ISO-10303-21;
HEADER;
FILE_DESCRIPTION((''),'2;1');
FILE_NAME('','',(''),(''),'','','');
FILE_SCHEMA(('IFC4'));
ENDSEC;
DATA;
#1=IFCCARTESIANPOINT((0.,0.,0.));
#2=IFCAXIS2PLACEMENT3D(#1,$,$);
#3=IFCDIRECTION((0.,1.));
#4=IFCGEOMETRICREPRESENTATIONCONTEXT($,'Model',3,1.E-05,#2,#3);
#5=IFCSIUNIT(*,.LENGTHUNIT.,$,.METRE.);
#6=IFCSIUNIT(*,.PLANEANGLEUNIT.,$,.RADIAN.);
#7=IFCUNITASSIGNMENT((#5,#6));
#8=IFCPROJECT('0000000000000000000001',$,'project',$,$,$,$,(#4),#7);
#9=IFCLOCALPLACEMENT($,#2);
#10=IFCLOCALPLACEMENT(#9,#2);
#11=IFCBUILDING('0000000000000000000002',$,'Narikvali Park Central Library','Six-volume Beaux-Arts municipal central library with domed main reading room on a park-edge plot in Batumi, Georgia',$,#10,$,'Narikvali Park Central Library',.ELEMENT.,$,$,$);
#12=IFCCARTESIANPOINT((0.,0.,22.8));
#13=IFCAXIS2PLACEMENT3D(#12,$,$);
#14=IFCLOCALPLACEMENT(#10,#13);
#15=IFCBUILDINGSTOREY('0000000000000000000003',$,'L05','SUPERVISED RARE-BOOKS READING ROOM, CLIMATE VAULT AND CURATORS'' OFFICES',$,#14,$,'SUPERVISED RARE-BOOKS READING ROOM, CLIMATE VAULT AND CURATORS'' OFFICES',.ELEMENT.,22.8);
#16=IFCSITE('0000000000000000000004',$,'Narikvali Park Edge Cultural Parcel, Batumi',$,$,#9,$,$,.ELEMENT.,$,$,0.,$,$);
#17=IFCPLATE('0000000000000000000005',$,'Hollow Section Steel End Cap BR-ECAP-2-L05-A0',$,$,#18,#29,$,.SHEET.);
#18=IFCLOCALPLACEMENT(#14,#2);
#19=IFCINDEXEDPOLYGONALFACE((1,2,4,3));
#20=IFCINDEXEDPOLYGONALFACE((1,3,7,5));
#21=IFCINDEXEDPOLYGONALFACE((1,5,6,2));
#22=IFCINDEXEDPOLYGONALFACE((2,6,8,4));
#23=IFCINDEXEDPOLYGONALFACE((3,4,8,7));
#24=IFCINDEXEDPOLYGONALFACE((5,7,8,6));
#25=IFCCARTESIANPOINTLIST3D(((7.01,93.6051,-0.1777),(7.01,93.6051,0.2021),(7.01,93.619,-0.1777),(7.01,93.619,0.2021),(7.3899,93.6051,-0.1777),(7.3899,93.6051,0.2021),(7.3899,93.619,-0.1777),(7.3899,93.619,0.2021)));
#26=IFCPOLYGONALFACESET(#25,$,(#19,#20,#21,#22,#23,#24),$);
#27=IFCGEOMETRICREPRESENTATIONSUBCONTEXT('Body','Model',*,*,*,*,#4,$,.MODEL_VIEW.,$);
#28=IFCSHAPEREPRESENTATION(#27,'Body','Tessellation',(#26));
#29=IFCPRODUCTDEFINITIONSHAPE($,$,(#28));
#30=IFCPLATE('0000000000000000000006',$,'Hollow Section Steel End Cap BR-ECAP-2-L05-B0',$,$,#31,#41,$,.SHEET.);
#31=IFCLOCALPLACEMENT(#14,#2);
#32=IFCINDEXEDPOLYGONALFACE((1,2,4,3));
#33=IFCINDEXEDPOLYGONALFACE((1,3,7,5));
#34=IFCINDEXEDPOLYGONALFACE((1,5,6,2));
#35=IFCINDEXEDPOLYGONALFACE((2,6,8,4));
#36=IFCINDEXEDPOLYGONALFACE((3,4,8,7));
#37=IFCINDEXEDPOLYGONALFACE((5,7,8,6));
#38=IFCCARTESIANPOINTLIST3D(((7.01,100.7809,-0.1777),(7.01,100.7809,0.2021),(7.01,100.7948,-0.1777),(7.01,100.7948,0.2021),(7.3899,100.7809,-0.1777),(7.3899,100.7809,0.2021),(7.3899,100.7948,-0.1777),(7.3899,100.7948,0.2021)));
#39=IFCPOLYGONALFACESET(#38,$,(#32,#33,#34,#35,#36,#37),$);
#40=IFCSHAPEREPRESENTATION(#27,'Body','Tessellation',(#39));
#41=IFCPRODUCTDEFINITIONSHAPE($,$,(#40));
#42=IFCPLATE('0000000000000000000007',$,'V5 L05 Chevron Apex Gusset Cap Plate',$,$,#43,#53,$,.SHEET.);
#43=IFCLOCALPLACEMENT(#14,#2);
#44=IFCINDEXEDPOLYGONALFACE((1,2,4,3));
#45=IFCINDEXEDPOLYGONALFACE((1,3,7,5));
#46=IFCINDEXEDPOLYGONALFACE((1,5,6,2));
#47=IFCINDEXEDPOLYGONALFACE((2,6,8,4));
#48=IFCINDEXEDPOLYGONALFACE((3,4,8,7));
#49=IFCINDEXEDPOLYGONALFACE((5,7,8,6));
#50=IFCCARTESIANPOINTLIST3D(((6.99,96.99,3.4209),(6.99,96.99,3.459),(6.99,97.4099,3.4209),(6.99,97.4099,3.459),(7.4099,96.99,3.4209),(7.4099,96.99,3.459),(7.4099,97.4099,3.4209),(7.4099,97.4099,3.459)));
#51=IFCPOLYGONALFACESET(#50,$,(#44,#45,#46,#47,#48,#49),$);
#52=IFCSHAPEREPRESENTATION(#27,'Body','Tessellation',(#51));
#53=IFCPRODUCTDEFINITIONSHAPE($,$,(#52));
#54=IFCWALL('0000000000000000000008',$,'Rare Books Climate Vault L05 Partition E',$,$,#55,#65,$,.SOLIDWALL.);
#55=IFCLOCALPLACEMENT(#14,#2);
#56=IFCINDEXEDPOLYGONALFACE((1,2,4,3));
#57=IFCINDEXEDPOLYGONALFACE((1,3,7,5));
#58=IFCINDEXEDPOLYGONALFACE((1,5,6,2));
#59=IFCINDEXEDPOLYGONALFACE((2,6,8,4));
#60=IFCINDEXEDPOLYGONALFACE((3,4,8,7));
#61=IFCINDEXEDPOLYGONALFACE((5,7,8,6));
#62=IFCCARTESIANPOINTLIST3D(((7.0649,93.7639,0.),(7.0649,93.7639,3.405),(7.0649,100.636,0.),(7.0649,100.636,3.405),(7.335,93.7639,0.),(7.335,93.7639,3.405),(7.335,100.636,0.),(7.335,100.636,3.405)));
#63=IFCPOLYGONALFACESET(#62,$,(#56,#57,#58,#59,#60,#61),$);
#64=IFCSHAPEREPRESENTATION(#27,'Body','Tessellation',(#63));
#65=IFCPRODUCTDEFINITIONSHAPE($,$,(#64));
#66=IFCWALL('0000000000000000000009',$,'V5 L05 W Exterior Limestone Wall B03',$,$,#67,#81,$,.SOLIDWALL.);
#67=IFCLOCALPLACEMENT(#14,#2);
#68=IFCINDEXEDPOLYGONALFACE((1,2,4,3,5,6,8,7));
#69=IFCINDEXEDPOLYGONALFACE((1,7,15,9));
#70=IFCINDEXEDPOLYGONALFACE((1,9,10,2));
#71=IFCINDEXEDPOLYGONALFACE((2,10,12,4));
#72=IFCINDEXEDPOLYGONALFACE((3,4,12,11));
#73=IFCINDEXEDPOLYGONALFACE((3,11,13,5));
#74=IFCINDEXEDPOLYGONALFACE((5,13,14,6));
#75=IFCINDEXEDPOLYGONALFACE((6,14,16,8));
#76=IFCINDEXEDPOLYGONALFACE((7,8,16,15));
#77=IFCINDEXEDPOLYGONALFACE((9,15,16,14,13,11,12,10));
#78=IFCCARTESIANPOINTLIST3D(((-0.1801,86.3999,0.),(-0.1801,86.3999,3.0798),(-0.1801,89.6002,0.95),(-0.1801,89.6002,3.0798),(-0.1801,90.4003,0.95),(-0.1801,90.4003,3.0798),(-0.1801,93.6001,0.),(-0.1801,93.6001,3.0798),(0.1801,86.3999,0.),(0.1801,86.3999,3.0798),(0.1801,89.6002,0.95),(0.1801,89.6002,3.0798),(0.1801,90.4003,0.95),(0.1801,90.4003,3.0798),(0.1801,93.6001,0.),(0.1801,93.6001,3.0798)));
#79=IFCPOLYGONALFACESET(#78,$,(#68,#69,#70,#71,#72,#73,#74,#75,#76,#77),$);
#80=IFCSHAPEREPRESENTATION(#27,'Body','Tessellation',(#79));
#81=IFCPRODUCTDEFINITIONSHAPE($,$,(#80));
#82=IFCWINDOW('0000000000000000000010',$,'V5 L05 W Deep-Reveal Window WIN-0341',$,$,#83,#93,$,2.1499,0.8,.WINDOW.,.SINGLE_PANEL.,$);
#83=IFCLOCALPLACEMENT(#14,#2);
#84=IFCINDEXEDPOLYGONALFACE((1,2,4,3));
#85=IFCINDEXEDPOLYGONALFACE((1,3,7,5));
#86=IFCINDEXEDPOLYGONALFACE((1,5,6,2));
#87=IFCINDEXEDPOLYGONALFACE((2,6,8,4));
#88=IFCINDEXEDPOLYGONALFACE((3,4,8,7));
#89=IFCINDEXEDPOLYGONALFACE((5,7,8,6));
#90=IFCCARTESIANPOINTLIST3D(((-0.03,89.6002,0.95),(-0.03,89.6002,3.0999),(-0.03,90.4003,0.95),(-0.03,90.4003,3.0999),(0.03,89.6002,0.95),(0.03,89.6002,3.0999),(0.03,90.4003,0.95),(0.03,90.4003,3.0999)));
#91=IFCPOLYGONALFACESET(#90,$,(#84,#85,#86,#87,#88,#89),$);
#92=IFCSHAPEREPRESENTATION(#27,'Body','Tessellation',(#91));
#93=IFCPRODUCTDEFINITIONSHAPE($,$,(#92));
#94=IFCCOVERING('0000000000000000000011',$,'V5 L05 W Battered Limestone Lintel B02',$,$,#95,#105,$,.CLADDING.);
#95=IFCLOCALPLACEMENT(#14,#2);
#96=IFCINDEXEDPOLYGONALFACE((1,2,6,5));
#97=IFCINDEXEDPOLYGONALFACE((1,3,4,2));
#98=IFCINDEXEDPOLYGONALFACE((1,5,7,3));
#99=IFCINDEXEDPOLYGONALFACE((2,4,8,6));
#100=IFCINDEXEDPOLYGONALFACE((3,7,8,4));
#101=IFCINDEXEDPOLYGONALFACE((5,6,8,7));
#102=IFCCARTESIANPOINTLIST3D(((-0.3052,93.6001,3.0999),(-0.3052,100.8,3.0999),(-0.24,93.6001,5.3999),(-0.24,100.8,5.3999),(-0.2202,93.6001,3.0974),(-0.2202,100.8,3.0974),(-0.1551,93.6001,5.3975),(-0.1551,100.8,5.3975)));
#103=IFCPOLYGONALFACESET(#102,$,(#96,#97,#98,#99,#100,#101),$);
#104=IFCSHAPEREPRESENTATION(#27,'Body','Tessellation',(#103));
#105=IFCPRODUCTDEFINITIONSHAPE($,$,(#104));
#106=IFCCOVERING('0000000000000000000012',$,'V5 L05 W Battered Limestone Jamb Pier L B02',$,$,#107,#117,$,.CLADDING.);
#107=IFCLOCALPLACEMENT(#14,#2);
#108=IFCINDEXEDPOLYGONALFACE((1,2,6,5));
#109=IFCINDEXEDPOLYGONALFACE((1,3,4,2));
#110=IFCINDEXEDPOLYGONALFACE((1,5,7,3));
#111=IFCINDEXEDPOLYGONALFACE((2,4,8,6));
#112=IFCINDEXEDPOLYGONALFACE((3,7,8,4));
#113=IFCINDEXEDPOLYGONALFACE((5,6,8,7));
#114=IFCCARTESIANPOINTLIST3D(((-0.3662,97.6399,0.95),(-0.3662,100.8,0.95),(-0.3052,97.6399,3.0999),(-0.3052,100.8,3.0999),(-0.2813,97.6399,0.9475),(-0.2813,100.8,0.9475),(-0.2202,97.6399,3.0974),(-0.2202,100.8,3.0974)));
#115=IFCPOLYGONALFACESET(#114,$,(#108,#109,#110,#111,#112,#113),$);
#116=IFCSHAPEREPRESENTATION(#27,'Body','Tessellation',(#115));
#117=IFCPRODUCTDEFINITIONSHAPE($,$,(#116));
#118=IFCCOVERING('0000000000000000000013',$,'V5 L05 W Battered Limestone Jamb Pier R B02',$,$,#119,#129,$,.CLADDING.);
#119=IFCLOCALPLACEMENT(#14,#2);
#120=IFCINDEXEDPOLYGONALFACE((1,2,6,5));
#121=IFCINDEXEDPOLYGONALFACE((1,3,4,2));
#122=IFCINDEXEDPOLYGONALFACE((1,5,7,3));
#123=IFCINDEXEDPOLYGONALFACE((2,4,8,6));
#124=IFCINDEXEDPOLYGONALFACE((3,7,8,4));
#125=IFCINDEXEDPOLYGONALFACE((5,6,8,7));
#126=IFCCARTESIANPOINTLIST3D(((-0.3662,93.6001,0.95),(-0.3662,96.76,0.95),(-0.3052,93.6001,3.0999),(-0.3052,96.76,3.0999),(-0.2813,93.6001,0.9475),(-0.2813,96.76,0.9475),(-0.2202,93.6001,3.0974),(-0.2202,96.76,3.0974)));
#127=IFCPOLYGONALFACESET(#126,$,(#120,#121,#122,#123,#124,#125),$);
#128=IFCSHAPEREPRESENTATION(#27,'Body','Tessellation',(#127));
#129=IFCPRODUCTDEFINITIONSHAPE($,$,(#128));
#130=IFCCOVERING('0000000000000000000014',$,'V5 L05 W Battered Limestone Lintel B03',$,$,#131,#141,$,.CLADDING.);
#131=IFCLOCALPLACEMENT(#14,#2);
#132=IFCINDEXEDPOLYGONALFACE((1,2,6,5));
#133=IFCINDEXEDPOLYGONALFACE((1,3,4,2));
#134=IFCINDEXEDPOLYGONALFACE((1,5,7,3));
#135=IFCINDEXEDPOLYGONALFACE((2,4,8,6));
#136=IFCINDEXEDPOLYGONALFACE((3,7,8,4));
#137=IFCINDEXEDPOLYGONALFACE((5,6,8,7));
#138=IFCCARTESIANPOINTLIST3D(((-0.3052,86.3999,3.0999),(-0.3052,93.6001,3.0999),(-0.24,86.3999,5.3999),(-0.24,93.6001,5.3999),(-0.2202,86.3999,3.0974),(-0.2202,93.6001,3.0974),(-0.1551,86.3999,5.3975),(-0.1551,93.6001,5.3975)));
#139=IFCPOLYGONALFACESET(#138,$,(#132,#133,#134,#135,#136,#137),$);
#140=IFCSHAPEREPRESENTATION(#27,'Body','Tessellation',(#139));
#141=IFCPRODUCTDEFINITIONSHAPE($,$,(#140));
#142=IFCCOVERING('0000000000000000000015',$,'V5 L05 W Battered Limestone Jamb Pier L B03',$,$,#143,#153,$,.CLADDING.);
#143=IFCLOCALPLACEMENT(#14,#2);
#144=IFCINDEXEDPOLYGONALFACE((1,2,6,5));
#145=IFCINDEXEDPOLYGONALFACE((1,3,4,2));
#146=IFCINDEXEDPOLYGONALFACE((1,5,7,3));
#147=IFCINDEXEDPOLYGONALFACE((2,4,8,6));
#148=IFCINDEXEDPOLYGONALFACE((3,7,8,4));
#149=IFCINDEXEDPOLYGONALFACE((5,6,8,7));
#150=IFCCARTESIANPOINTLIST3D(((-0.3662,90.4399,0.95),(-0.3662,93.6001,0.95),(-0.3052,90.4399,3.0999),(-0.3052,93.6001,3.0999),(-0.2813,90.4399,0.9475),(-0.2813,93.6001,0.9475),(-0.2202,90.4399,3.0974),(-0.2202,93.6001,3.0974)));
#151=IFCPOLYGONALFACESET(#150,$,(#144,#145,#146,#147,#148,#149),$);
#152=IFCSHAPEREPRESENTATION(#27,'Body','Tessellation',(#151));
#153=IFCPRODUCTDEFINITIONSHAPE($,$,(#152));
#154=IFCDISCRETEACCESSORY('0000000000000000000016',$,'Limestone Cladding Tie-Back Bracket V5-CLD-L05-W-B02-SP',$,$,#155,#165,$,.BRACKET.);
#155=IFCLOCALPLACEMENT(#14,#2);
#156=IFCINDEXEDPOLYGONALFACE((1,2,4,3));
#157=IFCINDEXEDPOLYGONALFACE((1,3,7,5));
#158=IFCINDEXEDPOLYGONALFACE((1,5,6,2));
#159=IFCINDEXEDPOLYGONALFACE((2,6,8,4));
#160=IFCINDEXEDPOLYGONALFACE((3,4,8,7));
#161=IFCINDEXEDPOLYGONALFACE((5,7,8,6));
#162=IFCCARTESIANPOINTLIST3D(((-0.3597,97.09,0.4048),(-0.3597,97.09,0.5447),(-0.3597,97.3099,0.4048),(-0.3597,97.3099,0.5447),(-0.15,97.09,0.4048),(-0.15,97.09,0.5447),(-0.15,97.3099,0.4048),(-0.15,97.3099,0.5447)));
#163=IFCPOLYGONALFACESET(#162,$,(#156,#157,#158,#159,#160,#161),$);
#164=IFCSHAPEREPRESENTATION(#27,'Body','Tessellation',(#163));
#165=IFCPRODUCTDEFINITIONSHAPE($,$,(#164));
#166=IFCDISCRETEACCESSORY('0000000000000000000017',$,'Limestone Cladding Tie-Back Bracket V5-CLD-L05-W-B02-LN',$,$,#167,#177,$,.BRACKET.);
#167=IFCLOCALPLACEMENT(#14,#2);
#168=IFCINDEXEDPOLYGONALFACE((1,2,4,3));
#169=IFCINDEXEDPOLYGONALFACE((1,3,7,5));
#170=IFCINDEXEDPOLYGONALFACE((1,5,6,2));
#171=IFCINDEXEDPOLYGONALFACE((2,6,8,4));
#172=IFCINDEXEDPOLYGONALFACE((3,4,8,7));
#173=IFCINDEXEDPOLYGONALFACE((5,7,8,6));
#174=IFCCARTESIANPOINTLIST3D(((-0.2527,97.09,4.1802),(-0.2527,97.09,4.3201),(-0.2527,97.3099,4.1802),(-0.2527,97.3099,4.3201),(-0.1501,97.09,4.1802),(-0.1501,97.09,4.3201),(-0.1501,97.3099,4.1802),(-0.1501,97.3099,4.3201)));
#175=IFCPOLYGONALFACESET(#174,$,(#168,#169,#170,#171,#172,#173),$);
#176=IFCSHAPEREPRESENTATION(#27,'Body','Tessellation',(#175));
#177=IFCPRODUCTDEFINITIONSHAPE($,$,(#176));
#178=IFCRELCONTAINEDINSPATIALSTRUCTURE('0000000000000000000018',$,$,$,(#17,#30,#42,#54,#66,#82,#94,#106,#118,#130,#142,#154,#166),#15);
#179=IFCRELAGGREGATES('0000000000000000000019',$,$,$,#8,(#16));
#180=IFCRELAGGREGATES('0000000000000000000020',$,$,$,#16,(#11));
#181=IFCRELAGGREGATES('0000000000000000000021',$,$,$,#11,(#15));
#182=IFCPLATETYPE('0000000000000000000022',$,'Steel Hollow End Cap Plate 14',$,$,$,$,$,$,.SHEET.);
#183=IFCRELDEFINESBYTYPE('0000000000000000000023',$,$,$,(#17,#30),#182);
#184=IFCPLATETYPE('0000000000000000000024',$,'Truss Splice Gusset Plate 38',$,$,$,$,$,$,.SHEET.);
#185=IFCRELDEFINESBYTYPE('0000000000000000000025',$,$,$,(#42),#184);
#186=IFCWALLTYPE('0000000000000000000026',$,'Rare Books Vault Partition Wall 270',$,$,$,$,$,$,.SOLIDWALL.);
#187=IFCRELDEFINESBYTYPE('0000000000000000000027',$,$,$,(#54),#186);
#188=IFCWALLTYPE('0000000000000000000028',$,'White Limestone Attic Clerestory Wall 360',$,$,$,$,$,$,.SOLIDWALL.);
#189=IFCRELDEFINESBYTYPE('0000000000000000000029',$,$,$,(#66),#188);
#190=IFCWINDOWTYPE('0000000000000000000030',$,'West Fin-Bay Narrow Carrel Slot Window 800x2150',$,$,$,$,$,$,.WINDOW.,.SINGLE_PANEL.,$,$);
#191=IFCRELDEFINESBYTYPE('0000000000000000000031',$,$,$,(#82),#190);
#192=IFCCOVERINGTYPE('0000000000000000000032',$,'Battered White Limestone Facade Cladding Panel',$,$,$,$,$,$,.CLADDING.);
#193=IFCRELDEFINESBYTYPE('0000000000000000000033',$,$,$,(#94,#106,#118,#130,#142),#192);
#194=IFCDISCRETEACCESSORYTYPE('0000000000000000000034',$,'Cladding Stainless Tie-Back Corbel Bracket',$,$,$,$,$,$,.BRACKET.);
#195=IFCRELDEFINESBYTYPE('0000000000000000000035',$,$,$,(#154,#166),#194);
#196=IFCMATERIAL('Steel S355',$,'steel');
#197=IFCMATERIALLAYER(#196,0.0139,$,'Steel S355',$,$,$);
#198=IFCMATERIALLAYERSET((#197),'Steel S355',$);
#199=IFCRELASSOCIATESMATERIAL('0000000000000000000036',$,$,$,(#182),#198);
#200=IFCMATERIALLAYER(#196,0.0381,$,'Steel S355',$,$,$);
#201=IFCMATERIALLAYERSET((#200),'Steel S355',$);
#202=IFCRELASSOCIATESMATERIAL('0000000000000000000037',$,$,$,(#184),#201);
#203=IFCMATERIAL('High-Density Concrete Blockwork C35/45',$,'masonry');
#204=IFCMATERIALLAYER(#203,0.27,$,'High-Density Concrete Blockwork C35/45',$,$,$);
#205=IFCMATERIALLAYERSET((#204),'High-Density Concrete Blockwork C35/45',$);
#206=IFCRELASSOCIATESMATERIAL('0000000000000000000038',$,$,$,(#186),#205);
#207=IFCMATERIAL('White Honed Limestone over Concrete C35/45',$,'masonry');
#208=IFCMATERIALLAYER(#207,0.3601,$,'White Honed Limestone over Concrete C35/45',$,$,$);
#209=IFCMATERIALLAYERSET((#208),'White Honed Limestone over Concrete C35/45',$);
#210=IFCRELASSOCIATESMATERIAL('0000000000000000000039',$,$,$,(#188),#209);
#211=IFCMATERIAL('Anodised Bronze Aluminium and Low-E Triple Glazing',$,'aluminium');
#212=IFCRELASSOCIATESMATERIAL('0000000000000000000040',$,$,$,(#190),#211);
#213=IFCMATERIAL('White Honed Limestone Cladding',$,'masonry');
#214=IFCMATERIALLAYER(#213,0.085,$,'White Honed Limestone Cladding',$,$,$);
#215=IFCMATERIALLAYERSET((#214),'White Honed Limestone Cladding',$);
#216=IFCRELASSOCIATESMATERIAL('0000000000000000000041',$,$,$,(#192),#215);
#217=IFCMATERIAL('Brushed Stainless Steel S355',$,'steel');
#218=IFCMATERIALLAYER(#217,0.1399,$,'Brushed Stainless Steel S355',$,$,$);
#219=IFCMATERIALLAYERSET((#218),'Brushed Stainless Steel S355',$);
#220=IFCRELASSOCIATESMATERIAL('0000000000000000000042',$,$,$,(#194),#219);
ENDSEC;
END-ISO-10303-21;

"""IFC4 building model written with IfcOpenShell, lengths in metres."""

from ifc_helpers import new_model, si_unit, direction, frame, frame_2d, origin, origin_2d, place, context, subcontext, project, spatial, polyline, rectangle, outline, extrude, material, layer, layer_set, type_object, element, fill, save


model = new_model("IFC4")

# Units and contexts
model_context = context("Model", 3, precision=1e-05, world=origin(), true_north=direction((0.0, 1.0)))
body_context = subcontext(model_context, "Body", "Model", "MODEL_VIEW")
ifc_project = project(units=[si_unit("LENGTHUNIT", "METRE"), si_unit("PLANEANGLEUNIT", "RADIAN")], contexts=[model_context])

# Site, building, storey
site_placement = place(None, origin())
site = spatial("IfcSite", under=ifc_project, at=site_placement, Name="Narikvali Park Edge Cultural Parcel, Batumi", CompositionType="ELEMENT", RefElevation=0.0)
building_placement = place(site_placement, origin())
building = spatial("IfcBuilding", under=site, at=building_placement, Name="Narikvali Park Central Library", Description="Six-volume Beaux-Arts municipal central library with domed main reading room on a park-edge plot in Batumi, Georgia", LongName="Narikvali Park Central Library", CompositionType="ELEMENT")
storey_placement = place(building_placement, frame((0.0, 0.0, 22.8)))
storey = spatial("IfcBuildingStorey", under=building, at=storey_placement, Name="L05", Description="SUPERVISED RARE-BOOKS READING ROOM, CLIMATE VAULT AND CURATORS' OFFICES", LongName="SUPERVISED RARE-BOOKS READING ROOM, CLIMATE VAULT AND CURATORS' OFFICES", CompositionType="ELEMENT", Elevation=22.8)

# Shared definitions
ifc_material_1 = material(Name="Steel S355", Category="steel")

# Plates
ifc_layer_1 = layer(ifc_material_1, 0.0139, Name="Steel S355")
ifc_layer_set_1 = layer_set([ifc_layer_1], Name="Steel S355")
plate_type_1 = type_object("IfcPlateType", Name="Steel Hollow End Cap Plate 14", PredefinedType="SHEET", material=ifc_layer_set_1)
for number, where, z_axis, x_axis, name in (
    (1, (7.2, 93.6121, -0.1777), (0.0, 0.0, 1.0), (-1.0, 0.0, 0.0), "Hollow Section Steel End Cap BR-ECAP-2-L05-A0"),
    (2, (7.2, 100.7878, -0.1777), (0.0, 0.0, 1.0), (1.0, 0.0, 0.0), "Hollow Section Steel End Cap BR-ECAP-2-L05-B0"),
):
    element("IfcPlate", number, at=place(storey_placement, frame(where, z_axis=z_axis, x_axis=x_axis)), inside=storey, type_object=plate_type_1, Name=name, PredefinedType="SHEET", context=body_context, shape_type="SweptSolid", body=[
        extrude(rectangle(XDim=0.3799, YDim=0.0139, at=origin_2d()), origin(), (0.0, 0.0, 1.0), 0.3799),
    ])
ifc_layer_2 = layer(ifc_material_1, 0.0381, Name="Steel S355")
ifc_layer_set_2 = layer_set([ifc_layer_2], Name="Steel S355")
plate_type_2 = type_object("IfcPlateType", Name="Truss Splice Gusset Plate 38", PredefinedType="SHEET", material=ifc_layer_set_2)
plate_placement = place(storey_placement, frame((7.2, 97.2, 3.4209), z_axis=(0.0, 0.0, 1.0), x_axis=(1.0, 0.0, 0.0)))
element("IfcPlate", 3, at=plate_placement, inside=storey, type_object=plate_type_2, Name="V5 L05 Chevron Apex Gusset Cap Plate", PredefinedType="SHEET", context=body_context, shape_type="SweptSolid", body=[
    extrude(rectangle(XDim=0.4199, YDim=0.4199, at=origin_2d()), origin(), (0.0, 0.0, 1.0), 0.0381),
])

# Wall
ifc_material_2 = material(Name="High-Density Concrete Blockwork C35/45", Category="masonry")
ifc_layer_3 = layer(ifc_material_2, 0.27, Name="High-Density Concrete Blockwork C35/45")
ifc_layer_set_3 = layer_set([ifc_layer_3], Name="High-Density Concrete Blockwork C35/45")
wall_type_1 = type_object("IfcWallType", Name="Rare Books Vault Partition Wall 270", PredefinedType="SOLIDWALL", material=ifc_layer_set_3)
wall_1_placement = place(storey_placement, frame((7.2, 93.7639, 0.0), z_axis=(0.0, 0.0, 1.0), x_axis=(0.0, 1.0, 0.0)))
element("IfcWall", 4, at=wall_1_placement, inside=storey, type_object=wall_type_1, Name="Rare Books Climate Vault L05 Partition E", PredefinedType="SOLIDWALL", context=body_context, shape_type="SweptSolid", body=[
    extrude(rectangle(XDim=6.8721, YDim=0.27, at=frame_2d((3.436, 0.0))), origin(), (0.0, 0.0, 1.0), 3.405),
])

# Wall, opening, window
ifc_material_3 = material(Name="White Honed Limestone over Concrete C35/45", Category="masonry")
ifc_layer_4 = layer(ifc_material_3, 0.3601, Name="White Honed Limestone over Concrete C35/45")
ifc_layer_set_4 = layer_set([ifc_layer_4], Name="White Honed Limestone over Concrete C35/45")
wall_type_2 = type_object("IfcWallType", Name="White Limestone Attic Clerestory Wall 360", PredefinedType="SOLIDWALL", material=ifc_layer_set_4)
wall_2_placement = place(storey_placement, frame((0.0, 93.6001, 0.0), z_axis=(0.0, 0.0, 1.0), x_axis=(0.0, -1.0, 0.0)))
wall_2 = element("IfcWall", 5, at=wall_2_placement, inside=storey, type_object=wall_type_2, Name="V5 L05 W Exterior Limestone Wall B03", PredefinedType="SOLIDWALL", context=body_context, shape_type="SweptSolid", body=[
    extrude(rectangle(XDim=7.2002, YDim=0.3601, at=frame_2d((3.6001, 0.0))), origin(), (0.0, 0.0, 1.0), 3.0798),
])
opening_placement = place(wall_2_placement, frame((3.2, 0.0, 0.95)))
opening = element("IfcOpeningElement", 6, at=opening_placement, cuts=wall_2, PredefinedType="OPENING", context=body_context, shape_type="SweptSolid", body=[
    extrude(rectangle(XDim=0.8, YDim=2.1499, at=frame_2d((0.3999, 1.075))), frame((0.0, 0.1919, 0.0), z_axis=(0.0, -1.0, 0.0), x_axis=(1.0, 0.0, 0.0)), (0.0, 0.0, 1.0), 0.384),
])
ifc_material_4 = material(Name="Anodised Bronze Aluminium and Low-E Triple Glazing", Category="aluminium")
window_type = type_object("IfcWindowType", Name="West Fin-Bay Narrow Carrel Slot Window 800x2150", PartitioningType="SINGLE_PANEL", PredefinedType="WINDOW", material=ifc_material_4)
window_placement = place(opening_placement, origin())
window = element("IfcWindow", 7, at=window_placement, inside=storey, type_object=window_type, Name="V5 L05 W Deep-Reveal Window WIN-0341", OverallHeight=2.1499, OverallWidth=0.8, PartitioningType="SINGLE_PANEL", PredefinedType="WINDOW", context=body_context, shape_type="SweptSolid", body=[
    extrude(rectangle(XDim=0.8, YDim=2.1499, at=frame_2d((0.3999, 1.075))), frame((0.0, 0.03, 0.0), z_axis=(0.0, -1.0, 0.0), x_axis=(1.0, 0.0, 0.0)), (0.0, 0.0, 1.0), 0.0601),
])
fill(opening, window)

# Coverings
ifc_material_5 = material(Name="White Honed Limestone Cladding", Category="masonry")
ifc_layer_5 = layer(ifc_material_5, 0.085, Name="White Honed Limestone Cladding")
ifc_layer_set_5 = layer_set([ifc_layer_5], Name="White Honed Limestone Cladding")
covering_type = type_object("IfcCoveringType", Name="Battered White Limestone Facade Cladding Panel", PredefinedType="CLADDING", material=ifc_layer_set_5)
covering_1_placement = place(storey_placement, frame((-0.3052, 100.8, 3.0999), z_axis=(-0.999599, 0.0, 0.02833), x_axis=(0.0, -1.0, 0.0)))
element("IfcCovering", 8, at=covering_1_placement, inside=storey, type_object=covering_type, Name="V5 L05 W Battered Limestone Lintel B02", PredefinedType="CLADDING", context=body_context, shape_type="SweptSolid", body=[
    extrude(outline(polyline([(0.0, 0.0), (7.2, 0.0), (7.2, 2.301), (0.0, 2.301), (0.0, 0.0)])), origin(), (0.0, 0.0, -1.0), 0.085),
])
covering_2_placement = place(storey_placement, frame((-0.3662, 100.8, 0.95), z_axis=(-0.999597, 0.0, 0.028378), x_axis=(0.0, -1.0, 0.0)))
element("IfcCovering", 9, at=covering_2_placement, inside=storey, type_object=covering_type, Name="V5 L05 W Battered Limestone Jamb Pier L B02", PredefinedType="CLADDING", context=body_context, shape_type="SweptSolid", body=[
    extrude(outline(polyline([(0.0, 0.0), (3.1602, 0.0), (3.1602, 2.1508), (0.0, 2.1508), (0.0, 0.0)])), origin(), (0.0, 0.0, -1.0), 0.085),
])
covering_3_placement = place(storey_placement, frame((-0.3662, 96.76, 0.95), z_axis=(-0.999597, 0.0, 0.028378), x_axis=(0.0, -1.0, 0.0)))
element("IfcCovering", 10, at=covering_3_placement, inside=storey, type_object=covering_type, Name="V5 L05 W Battered Limestone Jamb Pier R B02", PredefinedType="CLADDING", context=body_context, shape_type="SweptSolid", body=[
    extrude(outline(polyline([(0.0, 0.0), (3.1599, 0.0), (3.1599, 2.1508), (0.0, 2.1508), (0.0, 0.0)])), origin(), (0.0, 0.0, -1.0), 0.085),
])
covering_4_placement = place(storey_placement, frame((-0.3052, 93.6001, 3.0999), z_axis=(-0.999599, 0.0, 0.02833), x_axis=(0.0, -1.0, 0.0)))
element("IfcCovering", 11, at=covering_4_placement, inside=storey, type_object=covering_type, Name="V5 L05 W Battered Limestone Lintel B03", PredefinedType="CLADDING", context=body_context, shape_type="SweptSolid", body=[
    extrude(outline(polyline([(0.0, 0.0), (7.2002, 0.0), (7.2002, 2.301), (0.0, 2.301), (0.0, 0.0)])), origin(), (0.0, 0.0, -1.0), 0.085),
])
covering_5_placement = place(storey_placement, frame((-0.3662, 93.6001, 0.95), z_axis=(-0.999597, 0.0, 0.028378), x_axis=(0.0, -1.0, 0.0)))
element("IfcCovering", 12, at=covering_5_placement, inside=storey, type_object=covering_type, Name="V5 L05 W Battered Limestone Jamb Pier L B03", PredefinedType="CLADDING", context=body_context, shape_type="SweptSolid", body=[
    extrude(outline(polyline([(0.0, 0.0), (3.1602, 0.0), (3.1602, 2.1508), (0.0, 2.1508), (0.0, 0.0)])), origin(), (0.0, 0.0, -1.0), 0.085),
])

# Discrete accessories
ifc_material_6 = material(Name="Brushed Stainless Steel S355", Category="steel")
ifc_layer_6 = layer(ifc_material_6, 0.1399, Name="Brushed Stainless Steel S355")
ifc_layer_set_6 = layer_set([ifc_layer_6], Name="Brushed Stainless Steel S355")
discrete_accessory_type = type_object("IfcDiscreteAccessoryType", Name="Cladding Stainless Tie-Back Corbel Bracket", PredefinedType="BRACKET", material=ifc_layer_set_6)
discrete_accessory_1_placement = place(storey_placement, frame((-0.2549, 97.2, 0.4048), z_axis=(0.0, 0.0, 1.0), x_axis=(1.0, 0.0, 0.0)))
element("IfcDiscreteAccessory", 13, at=discrete_accessory_1_placement, inside=storey, type_object=discrete_accessory_type, Name="Limestone Cladding Tie-Back Bracket V5-CLD-L05-W-B02-SP", PredefinedType="BRACKET", context=body_context, shape_type="SweptSolid", body=[
    extrude(rectangle(XDim=0.2097, YDim=0.22, at=origin_2d()), origin(), (0.0, 0.0, 1.0), 0.1399),
])
discrete_accessory_2_placement = place(storey_placement, frame((-0.2014, 97.2, 4.1802), z_axis=(0.0, 0.0, 1.0), x_axis=(1.0, 0.0, 0.0)))
element("IfcDiscreteAccessory", 14, at=discrete_accessory_2_placement, inside=storey, type_object=discrete_accessory_type, Name="Limestone Cladding Tie-Back Bracket V5-CLD-L05-W-B02-LN", PredefinedType="BRACKET", context=body_context, shape_type="SweptSolid", body=[
    extrude(rectangle(XDim=0.1025, YDim=0.22, at=origin_2d()), origin(), (0.0, 0.0, 1.0), 0.1399),
])

save(model, "model.ifc")
